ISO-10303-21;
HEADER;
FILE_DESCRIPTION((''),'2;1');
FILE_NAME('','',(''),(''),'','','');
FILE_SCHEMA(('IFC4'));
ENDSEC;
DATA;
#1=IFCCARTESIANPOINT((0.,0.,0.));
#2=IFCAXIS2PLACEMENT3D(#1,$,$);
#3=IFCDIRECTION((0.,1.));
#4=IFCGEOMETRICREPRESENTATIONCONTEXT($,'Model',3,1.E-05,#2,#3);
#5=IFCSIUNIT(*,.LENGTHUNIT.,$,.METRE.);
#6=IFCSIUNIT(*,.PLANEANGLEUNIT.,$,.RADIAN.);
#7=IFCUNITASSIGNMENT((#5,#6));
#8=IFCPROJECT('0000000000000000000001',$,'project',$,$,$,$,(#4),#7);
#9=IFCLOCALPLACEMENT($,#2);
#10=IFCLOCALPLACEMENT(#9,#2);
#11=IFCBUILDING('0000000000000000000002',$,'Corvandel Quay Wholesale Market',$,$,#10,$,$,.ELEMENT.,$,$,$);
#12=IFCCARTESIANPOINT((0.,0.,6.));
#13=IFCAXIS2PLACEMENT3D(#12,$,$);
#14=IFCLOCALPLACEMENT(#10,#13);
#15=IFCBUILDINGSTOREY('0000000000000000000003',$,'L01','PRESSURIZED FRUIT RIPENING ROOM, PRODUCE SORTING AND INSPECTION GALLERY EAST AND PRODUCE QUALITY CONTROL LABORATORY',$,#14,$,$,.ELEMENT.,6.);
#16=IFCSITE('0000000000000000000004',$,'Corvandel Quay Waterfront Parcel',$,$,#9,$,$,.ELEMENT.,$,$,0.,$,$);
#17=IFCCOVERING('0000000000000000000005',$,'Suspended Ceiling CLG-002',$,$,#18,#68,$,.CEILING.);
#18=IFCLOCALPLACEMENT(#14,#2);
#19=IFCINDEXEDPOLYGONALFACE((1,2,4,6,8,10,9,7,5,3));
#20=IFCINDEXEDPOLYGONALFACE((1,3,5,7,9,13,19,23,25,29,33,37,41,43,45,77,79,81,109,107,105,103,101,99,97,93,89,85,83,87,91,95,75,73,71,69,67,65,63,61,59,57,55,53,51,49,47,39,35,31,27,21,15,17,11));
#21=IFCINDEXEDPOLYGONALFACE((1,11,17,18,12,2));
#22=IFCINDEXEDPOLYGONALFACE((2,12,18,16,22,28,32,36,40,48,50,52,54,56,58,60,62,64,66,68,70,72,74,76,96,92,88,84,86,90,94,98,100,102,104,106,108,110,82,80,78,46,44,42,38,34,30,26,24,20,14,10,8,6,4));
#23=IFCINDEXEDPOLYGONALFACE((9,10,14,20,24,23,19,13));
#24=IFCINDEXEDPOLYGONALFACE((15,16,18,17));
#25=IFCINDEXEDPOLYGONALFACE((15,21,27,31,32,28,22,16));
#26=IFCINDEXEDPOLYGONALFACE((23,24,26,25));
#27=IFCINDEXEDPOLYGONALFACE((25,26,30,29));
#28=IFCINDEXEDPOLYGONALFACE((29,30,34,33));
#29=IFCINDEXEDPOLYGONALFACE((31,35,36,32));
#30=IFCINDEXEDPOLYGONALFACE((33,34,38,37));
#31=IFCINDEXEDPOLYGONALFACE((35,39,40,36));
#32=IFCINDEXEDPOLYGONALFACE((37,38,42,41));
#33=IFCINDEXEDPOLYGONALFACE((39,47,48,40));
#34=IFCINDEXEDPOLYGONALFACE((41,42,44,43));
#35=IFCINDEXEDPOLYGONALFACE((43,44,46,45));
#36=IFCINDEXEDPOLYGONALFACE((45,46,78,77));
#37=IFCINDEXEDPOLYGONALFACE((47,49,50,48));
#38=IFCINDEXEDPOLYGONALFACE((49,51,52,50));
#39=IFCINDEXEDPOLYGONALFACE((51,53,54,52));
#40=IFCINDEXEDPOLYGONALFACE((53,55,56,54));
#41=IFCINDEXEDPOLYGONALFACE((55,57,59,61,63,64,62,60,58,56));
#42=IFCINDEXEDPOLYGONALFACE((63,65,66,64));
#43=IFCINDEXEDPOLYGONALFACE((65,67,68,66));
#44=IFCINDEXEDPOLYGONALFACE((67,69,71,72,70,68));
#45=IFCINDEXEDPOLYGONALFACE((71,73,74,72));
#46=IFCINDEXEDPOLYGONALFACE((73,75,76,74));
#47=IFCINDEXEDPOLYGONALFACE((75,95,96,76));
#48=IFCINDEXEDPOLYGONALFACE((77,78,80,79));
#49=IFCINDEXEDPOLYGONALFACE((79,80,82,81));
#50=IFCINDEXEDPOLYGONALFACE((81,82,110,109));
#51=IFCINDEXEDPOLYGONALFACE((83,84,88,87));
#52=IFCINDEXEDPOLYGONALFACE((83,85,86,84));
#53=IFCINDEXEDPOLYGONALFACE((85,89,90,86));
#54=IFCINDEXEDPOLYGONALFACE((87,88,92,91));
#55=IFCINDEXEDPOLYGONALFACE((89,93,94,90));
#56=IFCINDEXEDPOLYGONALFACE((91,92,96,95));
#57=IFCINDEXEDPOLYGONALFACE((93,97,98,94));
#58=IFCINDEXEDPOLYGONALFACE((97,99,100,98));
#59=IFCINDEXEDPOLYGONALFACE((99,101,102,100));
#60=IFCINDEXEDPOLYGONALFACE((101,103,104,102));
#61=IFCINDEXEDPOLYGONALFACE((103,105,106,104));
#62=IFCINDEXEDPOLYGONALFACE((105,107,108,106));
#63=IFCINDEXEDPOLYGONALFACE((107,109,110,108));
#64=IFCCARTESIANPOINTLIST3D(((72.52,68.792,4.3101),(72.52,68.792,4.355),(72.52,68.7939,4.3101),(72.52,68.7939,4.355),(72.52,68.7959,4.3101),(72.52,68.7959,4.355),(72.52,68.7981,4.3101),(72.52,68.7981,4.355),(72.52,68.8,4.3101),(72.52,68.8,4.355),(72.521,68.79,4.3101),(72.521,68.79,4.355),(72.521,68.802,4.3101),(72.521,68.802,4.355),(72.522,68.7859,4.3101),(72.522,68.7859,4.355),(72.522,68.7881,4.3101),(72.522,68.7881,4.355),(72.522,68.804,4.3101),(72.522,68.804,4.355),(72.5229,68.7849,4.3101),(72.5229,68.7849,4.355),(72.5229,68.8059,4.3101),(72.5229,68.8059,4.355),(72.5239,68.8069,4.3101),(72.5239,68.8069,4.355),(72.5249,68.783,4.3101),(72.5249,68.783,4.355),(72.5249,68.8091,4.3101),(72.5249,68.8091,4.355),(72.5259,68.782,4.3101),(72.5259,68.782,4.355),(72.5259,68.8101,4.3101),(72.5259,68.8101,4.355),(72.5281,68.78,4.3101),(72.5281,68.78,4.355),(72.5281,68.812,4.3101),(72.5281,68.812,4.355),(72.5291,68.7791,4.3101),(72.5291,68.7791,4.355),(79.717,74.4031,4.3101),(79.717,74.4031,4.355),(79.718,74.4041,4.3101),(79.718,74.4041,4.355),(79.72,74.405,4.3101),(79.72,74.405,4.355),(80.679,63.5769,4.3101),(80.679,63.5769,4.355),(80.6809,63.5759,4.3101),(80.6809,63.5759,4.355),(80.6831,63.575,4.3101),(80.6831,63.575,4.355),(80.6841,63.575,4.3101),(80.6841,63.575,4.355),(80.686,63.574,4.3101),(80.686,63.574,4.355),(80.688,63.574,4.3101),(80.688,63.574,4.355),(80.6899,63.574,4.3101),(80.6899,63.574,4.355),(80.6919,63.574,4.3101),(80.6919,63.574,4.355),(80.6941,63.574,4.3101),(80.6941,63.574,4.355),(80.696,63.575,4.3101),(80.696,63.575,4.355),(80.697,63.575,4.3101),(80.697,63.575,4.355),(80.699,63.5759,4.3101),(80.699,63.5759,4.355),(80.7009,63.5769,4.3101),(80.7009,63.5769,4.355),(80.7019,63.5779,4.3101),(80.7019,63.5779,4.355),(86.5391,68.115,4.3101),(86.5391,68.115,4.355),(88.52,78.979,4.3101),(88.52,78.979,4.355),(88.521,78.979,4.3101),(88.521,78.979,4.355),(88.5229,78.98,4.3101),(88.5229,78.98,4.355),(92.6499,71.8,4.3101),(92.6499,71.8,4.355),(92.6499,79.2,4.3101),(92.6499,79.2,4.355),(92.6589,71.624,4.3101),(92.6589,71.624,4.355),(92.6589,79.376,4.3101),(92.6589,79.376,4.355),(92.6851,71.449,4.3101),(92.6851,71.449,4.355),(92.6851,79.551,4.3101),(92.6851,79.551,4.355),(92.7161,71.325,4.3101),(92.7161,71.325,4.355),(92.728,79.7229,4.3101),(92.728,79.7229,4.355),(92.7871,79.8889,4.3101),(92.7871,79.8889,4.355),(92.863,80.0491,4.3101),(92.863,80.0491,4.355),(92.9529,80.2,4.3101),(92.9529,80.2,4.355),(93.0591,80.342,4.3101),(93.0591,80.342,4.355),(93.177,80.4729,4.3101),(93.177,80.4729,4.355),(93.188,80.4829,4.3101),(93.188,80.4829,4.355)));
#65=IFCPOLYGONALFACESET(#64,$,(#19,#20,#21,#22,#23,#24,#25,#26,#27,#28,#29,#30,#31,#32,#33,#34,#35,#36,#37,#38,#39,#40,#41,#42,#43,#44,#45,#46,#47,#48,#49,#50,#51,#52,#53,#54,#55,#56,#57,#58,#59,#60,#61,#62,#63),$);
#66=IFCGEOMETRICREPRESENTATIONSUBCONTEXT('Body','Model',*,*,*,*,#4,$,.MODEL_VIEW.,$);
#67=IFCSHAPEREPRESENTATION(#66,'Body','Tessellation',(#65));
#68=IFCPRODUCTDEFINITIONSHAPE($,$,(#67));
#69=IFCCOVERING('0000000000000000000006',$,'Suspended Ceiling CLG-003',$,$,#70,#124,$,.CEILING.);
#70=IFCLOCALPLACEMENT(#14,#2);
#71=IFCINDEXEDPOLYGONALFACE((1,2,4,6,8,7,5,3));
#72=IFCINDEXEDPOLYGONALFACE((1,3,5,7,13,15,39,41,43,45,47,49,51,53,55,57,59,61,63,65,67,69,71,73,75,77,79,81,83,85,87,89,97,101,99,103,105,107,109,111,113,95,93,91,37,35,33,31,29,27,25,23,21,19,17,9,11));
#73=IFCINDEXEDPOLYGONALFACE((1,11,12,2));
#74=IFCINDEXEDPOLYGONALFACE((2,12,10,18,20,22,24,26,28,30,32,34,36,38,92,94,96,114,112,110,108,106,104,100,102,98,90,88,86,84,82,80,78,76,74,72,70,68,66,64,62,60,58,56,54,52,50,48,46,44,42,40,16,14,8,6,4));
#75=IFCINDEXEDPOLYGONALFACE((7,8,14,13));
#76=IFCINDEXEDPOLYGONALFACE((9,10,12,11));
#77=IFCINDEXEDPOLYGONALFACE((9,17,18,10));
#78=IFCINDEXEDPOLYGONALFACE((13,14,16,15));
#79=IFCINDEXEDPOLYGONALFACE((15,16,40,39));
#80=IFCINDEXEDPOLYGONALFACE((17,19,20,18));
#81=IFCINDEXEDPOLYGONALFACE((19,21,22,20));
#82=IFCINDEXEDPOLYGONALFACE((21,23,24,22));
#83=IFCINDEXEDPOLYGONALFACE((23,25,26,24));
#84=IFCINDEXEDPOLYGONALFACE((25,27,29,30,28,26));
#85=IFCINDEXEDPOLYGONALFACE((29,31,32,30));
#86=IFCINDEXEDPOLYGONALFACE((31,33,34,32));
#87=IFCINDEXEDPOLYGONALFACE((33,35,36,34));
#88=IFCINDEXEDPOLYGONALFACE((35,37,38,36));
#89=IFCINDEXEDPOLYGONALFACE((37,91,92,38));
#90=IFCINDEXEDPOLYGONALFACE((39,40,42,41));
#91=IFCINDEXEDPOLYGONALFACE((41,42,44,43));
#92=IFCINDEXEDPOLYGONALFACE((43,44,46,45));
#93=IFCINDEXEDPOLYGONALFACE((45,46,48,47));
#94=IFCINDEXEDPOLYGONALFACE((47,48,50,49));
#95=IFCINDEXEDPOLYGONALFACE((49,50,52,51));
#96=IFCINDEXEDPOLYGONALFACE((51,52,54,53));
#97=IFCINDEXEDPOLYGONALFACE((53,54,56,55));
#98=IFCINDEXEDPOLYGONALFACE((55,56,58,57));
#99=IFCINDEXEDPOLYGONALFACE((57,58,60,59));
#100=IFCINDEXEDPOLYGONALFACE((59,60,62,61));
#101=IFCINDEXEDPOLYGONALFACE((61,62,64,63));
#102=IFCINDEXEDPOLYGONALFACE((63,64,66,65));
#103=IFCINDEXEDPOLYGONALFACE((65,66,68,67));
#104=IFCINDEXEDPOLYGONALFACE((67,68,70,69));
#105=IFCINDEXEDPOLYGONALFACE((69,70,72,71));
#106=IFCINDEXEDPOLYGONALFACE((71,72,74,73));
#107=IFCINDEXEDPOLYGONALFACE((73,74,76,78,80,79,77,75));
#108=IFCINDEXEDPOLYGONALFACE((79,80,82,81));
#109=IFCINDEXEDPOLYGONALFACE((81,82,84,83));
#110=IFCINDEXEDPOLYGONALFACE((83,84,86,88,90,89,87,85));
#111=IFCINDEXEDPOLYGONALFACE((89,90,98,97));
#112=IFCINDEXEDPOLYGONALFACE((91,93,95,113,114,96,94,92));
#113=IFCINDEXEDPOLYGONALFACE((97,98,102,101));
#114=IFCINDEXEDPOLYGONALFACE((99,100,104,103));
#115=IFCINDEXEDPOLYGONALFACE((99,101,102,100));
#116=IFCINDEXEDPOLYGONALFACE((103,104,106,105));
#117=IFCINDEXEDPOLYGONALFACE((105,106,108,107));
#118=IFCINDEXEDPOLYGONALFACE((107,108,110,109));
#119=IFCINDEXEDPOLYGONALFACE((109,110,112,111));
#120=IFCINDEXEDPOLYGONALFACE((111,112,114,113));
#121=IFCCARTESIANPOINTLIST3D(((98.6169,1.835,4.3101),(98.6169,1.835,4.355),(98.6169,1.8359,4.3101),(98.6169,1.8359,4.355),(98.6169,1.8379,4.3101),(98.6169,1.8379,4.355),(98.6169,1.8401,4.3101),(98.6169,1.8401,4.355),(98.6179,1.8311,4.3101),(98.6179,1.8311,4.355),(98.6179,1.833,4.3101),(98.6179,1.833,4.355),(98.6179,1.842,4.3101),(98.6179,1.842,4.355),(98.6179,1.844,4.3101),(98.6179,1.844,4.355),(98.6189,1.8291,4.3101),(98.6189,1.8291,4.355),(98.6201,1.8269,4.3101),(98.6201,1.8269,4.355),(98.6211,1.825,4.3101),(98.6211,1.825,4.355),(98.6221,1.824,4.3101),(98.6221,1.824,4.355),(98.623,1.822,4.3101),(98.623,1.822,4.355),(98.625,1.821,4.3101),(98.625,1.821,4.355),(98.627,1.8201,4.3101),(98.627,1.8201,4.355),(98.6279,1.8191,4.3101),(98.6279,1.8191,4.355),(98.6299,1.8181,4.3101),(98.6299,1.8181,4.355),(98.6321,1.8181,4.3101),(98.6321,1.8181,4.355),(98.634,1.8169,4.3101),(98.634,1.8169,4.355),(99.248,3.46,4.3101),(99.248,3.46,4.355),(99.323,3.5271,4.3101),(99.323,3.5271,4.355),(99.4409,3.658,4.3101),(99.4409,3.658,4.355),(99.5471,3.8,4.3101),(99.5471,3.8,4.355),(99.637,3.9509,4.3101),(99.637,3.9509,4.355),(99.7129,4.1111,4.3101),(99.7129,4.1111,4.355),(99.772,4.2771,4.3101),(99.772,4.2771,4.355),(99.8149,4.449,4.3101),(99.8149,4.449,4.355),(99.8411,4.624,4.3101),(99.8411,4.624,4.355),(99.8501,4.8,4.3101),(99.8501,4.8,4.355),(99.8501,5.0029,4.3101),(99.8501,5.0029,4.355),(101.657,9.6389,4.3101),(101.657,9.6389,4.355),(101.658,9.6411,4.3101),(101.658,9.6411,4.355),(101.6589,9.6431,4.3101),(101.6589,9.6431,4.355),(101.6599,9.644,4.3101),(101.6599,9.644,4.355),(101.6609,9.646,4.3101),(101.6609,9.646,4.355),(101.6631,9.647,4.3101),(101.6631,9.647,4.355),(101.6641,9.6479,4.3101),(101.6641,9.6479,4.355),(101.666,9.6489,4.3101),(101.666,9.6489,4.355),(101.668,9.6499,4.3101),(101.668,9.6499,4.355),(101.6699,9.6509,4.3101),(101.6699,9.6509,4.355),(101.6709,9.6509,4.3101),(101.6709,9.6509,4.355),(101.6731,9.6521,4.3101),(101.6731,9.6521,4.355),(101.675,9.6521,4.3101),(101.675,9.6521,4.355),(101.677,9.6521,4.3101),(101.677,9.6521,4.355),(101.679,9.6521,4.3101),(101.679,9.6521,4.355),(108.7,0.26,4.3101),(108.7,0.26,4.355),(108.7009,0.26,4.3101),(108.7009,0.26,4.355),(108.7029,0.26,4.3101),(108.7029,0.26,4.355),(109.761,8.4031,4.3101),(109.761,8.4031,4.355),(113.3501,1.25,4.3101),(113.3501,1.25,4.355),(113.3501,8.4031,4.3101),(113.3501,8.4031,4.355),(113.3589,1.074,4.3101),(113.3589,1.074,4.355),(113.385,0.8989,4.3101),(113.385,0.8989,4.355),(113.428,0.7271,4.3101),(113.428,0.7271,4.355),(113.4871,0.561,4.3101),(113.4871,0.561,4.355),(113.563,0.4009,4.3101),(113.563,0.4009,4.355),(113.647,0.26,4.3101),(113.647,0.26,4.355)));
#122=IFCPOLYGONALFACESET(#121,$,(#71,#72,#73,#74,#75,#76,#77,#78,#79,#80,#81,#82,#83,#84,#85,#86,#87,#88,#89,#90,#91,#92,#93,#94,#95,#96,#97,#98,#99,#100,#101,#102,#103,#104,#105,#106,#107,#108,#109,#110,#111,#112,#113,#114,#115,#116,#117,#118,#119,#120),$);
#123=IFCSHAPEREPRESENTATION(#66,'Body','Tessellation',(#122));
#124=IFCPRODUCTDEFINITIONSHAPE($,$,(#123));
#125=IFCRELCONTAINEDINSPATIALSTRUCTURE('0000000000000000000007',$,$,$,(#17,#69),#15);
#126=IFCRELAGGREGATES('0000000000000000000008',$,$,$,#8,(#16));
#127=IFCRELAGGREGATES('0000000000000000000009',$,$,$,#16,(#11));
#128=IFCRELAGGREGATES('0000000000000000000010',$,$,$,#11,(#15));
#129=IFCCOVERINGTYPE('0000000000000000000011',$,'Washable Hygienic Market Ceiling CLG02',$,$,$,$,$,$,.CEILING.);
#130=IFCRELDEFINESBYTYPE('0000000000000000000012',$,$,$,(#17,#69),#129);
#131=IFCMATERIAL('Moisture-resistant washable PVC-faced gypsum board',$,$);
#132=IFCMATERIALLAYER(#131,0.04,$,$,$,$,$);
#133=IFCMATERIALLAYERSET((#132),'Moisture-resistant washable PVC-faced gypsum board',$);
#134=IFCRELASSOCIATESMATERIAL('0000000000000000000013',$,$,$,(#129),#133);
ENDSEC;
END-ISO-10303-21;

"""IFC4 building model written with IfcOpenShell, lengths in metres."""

from ifc_helpers import new_model, si_unit, direction, frame, origin, place, context, subcontext, project, spatial, polyline, outline, extrude, material, layer, layer_set, type_object, element, save


model = new_model("IFC4")

# Units and contexts
model_context = context("Model", 3, precision=1e-05, world=origin(), true_north=direction((0.0, 1.0)))
body_context = subcontext(model_context, "Body", "Model", "MODEL_VIEW")
ifc_project = project(units=[si_unit("LENGTHUNIT", "METRE"), si_unit("PLANEANGLEUNIT", "RADIAN")], contexts=[model_context])

# Site, building, storey
site_placement = place(None, origin())
site = spatial("IfcSite", under=ifc_project, at=site_placement, Name="Corvandel Quay Waterfront Parcel", CompositionType="ELEMENT", RefElevation=0.0)
building_placement = place(site_placement, origin())
building = spatial("IfcBuilding", under=site, at=building_placement, Name="Corvandel Quay Wholesale Market", CompositionType="ELEMENT")
storey_placement = place(building_placement, frame((0.0, 0.0, 6.0)))
storey = spatial("IfcBuildingStorey", under=building, at=storey_placement, Name="L01", Description="PRESSURIZED FRUIT RIPENING ROOM, PRODUCE SORTING AND INSPECTION GALLERY EAST AND PRODUCE QUALITY CONTROL LABORATORY", CompositionType="ELEMENT", Elevation=6.0)

# Coverings
ifc_material_1 = material(Name="Moisture-resistant washable PVC-faced gypsum board")
ifc_layer_1 = layer(ifc_material_1, 0.04)
ifc_layer_set_1 = layer_set([ifc_layer_1], Name="Moisture-resistant washable PVC-faced gypsum board")
covering_type_1 = type_object("IfcCoveringType", Name="Washable Hygienic Market Ceiling CLG02", PredefinedType="CEILING", material=ifc_layer_set_1)
covering_1_placement = place(storey_placement, frame((0.0, 0.0, 4.3101)))
element("IfcCovering", 1, at=covering_1_placement, inside=storey, type_object=covering_type_1, Name="Suspended Ceiling CLG-002", PredefinedType="CEILING", context=body_context, shape_type="SweptSolid", body=[
    extrude(outline(polyline([(79.718, 74.4041), (79.72, 74.405), (88.52, 78.979), (88.521, 78.979), (88.5229, 78.98), (93.188, 80.4829), (93.177, 80.4729), (93.0591, 80.342), (92.9529, 80.2), (92.863, 80.0491), (92.7871, 79.8889), (92.728, 79.7229), (92.6851, 79.551), (92.6589, 79.376), (92.6499, 79.2), (92.6499, 71.8), (92.6589, 71.624), (92.6851, 71.449), (92.7161, 71.325), (86.5391, 68.115), (80.7019, 63.5779), (80.7009, 63.5769), (80.699, 63.5759), (80.697, 63.575), (80.696, 63.575), (80.6941, 63.574), (80.6919, 63.574), (80.6899, 63.574), (80.688, 63.574), (80.686, 63.574), (80.6841, 63.575), (80.6831, 63.575), (80.6809, 63.5759), (80.679, 63.5769), (72.5291, 68.7791), (72.5281, 68.78), (72.5259, 68.782), (72.5249, 68.783), (72.5229, 68.7849), (72.522, 68.7859), (72.522, 68.7881), (72.521, 68.79), (72.52, 68.792), (72.52, 68.7939), (72.52, 68.7959), (72.52, 68.7981), (72.52, 68.8), (72.521, 68.802), (72.522, 68.804), (72.5229, 68.8059), (72.5239, 68.8069), (72.5249, 68.8091), (72.5259, 68.8101), (72.5281, 68.812), (79.717, 74.4031), (79.718, 74.4041)])), origin(), (0.0, 0.0, 1.0), 0.0449),
])
covering_2_placement = place(storey_placement, frame((0.0, 0.0, 4.3101)))
element("IfcCovering", 2, at=covering_2_placement, inside=storey, type_object=covering_type_1, Name="Suspended Ceiling CLG-003", PredefinedType="CEILING", context=body_context, shape_type="SweptSolid", body=[
    extrude(outline(polyline([(98.6321, 1.8181), (98.6299, 1.8181), (98.6279, 1.8191), (98.627, 1.8201), (98.625, 1.821), (98.623, 1.822), (98.6221, 1.824), (98.6211, 1.825), (98.6201, 1.8269), (98.6189, 1.8291), (98.6179, 1.8311), (98.6179, 1.833), (98.6169, 1.835), (98.6169, 1.8359), (98.6169, 1.8379), (98.6169, 1.8401), (98.6179, 1.842), (98.6179, 1.844), (99.248, 3.46), (99.323, 3.5271), (99.4409, 3.658), (99.5471, 3.8), (99.637, 3.9509), (99.7129, 4.1111), (99.772, 4.2771), (99.8149, 4.449), (99.8411, 4.624), (99.8501, 4.8), (99.8501, 5.0029), (101.657, 9.6389), (101.658, 9.6411), (101.6589, 9.6431), (101.6599, 9.644), (101.6609, 9.646), (101.6631, 9.647), (101.6641, 9.6479), (101.666, 9.6489), (101.668, 9.6499), (101.6699, 9.6509), (101.6709, 9.6509), (101.6731, 9.6521), (101.675, 9.6521), (101.677, 9.6521), (101.679, 9.6521), (109.761, 8.4031), (113.3501, 8.4031), (113.3501, 1.25), (113.3589, 1.074), (113.385, 0.8989), (113.428, 0.7271), (113.4871, 0.561), (113.563, 0.4009), (113.647, 0.26), (108.7029, 0.26), (108.7009, 0.26), (108.7, 0.26), (98.634, 1.8169), (98.6321, 1.8181)])), origin(), (0.0, 0.0, 1.0), 0.0449),
])

save(model, "model.ifc")
